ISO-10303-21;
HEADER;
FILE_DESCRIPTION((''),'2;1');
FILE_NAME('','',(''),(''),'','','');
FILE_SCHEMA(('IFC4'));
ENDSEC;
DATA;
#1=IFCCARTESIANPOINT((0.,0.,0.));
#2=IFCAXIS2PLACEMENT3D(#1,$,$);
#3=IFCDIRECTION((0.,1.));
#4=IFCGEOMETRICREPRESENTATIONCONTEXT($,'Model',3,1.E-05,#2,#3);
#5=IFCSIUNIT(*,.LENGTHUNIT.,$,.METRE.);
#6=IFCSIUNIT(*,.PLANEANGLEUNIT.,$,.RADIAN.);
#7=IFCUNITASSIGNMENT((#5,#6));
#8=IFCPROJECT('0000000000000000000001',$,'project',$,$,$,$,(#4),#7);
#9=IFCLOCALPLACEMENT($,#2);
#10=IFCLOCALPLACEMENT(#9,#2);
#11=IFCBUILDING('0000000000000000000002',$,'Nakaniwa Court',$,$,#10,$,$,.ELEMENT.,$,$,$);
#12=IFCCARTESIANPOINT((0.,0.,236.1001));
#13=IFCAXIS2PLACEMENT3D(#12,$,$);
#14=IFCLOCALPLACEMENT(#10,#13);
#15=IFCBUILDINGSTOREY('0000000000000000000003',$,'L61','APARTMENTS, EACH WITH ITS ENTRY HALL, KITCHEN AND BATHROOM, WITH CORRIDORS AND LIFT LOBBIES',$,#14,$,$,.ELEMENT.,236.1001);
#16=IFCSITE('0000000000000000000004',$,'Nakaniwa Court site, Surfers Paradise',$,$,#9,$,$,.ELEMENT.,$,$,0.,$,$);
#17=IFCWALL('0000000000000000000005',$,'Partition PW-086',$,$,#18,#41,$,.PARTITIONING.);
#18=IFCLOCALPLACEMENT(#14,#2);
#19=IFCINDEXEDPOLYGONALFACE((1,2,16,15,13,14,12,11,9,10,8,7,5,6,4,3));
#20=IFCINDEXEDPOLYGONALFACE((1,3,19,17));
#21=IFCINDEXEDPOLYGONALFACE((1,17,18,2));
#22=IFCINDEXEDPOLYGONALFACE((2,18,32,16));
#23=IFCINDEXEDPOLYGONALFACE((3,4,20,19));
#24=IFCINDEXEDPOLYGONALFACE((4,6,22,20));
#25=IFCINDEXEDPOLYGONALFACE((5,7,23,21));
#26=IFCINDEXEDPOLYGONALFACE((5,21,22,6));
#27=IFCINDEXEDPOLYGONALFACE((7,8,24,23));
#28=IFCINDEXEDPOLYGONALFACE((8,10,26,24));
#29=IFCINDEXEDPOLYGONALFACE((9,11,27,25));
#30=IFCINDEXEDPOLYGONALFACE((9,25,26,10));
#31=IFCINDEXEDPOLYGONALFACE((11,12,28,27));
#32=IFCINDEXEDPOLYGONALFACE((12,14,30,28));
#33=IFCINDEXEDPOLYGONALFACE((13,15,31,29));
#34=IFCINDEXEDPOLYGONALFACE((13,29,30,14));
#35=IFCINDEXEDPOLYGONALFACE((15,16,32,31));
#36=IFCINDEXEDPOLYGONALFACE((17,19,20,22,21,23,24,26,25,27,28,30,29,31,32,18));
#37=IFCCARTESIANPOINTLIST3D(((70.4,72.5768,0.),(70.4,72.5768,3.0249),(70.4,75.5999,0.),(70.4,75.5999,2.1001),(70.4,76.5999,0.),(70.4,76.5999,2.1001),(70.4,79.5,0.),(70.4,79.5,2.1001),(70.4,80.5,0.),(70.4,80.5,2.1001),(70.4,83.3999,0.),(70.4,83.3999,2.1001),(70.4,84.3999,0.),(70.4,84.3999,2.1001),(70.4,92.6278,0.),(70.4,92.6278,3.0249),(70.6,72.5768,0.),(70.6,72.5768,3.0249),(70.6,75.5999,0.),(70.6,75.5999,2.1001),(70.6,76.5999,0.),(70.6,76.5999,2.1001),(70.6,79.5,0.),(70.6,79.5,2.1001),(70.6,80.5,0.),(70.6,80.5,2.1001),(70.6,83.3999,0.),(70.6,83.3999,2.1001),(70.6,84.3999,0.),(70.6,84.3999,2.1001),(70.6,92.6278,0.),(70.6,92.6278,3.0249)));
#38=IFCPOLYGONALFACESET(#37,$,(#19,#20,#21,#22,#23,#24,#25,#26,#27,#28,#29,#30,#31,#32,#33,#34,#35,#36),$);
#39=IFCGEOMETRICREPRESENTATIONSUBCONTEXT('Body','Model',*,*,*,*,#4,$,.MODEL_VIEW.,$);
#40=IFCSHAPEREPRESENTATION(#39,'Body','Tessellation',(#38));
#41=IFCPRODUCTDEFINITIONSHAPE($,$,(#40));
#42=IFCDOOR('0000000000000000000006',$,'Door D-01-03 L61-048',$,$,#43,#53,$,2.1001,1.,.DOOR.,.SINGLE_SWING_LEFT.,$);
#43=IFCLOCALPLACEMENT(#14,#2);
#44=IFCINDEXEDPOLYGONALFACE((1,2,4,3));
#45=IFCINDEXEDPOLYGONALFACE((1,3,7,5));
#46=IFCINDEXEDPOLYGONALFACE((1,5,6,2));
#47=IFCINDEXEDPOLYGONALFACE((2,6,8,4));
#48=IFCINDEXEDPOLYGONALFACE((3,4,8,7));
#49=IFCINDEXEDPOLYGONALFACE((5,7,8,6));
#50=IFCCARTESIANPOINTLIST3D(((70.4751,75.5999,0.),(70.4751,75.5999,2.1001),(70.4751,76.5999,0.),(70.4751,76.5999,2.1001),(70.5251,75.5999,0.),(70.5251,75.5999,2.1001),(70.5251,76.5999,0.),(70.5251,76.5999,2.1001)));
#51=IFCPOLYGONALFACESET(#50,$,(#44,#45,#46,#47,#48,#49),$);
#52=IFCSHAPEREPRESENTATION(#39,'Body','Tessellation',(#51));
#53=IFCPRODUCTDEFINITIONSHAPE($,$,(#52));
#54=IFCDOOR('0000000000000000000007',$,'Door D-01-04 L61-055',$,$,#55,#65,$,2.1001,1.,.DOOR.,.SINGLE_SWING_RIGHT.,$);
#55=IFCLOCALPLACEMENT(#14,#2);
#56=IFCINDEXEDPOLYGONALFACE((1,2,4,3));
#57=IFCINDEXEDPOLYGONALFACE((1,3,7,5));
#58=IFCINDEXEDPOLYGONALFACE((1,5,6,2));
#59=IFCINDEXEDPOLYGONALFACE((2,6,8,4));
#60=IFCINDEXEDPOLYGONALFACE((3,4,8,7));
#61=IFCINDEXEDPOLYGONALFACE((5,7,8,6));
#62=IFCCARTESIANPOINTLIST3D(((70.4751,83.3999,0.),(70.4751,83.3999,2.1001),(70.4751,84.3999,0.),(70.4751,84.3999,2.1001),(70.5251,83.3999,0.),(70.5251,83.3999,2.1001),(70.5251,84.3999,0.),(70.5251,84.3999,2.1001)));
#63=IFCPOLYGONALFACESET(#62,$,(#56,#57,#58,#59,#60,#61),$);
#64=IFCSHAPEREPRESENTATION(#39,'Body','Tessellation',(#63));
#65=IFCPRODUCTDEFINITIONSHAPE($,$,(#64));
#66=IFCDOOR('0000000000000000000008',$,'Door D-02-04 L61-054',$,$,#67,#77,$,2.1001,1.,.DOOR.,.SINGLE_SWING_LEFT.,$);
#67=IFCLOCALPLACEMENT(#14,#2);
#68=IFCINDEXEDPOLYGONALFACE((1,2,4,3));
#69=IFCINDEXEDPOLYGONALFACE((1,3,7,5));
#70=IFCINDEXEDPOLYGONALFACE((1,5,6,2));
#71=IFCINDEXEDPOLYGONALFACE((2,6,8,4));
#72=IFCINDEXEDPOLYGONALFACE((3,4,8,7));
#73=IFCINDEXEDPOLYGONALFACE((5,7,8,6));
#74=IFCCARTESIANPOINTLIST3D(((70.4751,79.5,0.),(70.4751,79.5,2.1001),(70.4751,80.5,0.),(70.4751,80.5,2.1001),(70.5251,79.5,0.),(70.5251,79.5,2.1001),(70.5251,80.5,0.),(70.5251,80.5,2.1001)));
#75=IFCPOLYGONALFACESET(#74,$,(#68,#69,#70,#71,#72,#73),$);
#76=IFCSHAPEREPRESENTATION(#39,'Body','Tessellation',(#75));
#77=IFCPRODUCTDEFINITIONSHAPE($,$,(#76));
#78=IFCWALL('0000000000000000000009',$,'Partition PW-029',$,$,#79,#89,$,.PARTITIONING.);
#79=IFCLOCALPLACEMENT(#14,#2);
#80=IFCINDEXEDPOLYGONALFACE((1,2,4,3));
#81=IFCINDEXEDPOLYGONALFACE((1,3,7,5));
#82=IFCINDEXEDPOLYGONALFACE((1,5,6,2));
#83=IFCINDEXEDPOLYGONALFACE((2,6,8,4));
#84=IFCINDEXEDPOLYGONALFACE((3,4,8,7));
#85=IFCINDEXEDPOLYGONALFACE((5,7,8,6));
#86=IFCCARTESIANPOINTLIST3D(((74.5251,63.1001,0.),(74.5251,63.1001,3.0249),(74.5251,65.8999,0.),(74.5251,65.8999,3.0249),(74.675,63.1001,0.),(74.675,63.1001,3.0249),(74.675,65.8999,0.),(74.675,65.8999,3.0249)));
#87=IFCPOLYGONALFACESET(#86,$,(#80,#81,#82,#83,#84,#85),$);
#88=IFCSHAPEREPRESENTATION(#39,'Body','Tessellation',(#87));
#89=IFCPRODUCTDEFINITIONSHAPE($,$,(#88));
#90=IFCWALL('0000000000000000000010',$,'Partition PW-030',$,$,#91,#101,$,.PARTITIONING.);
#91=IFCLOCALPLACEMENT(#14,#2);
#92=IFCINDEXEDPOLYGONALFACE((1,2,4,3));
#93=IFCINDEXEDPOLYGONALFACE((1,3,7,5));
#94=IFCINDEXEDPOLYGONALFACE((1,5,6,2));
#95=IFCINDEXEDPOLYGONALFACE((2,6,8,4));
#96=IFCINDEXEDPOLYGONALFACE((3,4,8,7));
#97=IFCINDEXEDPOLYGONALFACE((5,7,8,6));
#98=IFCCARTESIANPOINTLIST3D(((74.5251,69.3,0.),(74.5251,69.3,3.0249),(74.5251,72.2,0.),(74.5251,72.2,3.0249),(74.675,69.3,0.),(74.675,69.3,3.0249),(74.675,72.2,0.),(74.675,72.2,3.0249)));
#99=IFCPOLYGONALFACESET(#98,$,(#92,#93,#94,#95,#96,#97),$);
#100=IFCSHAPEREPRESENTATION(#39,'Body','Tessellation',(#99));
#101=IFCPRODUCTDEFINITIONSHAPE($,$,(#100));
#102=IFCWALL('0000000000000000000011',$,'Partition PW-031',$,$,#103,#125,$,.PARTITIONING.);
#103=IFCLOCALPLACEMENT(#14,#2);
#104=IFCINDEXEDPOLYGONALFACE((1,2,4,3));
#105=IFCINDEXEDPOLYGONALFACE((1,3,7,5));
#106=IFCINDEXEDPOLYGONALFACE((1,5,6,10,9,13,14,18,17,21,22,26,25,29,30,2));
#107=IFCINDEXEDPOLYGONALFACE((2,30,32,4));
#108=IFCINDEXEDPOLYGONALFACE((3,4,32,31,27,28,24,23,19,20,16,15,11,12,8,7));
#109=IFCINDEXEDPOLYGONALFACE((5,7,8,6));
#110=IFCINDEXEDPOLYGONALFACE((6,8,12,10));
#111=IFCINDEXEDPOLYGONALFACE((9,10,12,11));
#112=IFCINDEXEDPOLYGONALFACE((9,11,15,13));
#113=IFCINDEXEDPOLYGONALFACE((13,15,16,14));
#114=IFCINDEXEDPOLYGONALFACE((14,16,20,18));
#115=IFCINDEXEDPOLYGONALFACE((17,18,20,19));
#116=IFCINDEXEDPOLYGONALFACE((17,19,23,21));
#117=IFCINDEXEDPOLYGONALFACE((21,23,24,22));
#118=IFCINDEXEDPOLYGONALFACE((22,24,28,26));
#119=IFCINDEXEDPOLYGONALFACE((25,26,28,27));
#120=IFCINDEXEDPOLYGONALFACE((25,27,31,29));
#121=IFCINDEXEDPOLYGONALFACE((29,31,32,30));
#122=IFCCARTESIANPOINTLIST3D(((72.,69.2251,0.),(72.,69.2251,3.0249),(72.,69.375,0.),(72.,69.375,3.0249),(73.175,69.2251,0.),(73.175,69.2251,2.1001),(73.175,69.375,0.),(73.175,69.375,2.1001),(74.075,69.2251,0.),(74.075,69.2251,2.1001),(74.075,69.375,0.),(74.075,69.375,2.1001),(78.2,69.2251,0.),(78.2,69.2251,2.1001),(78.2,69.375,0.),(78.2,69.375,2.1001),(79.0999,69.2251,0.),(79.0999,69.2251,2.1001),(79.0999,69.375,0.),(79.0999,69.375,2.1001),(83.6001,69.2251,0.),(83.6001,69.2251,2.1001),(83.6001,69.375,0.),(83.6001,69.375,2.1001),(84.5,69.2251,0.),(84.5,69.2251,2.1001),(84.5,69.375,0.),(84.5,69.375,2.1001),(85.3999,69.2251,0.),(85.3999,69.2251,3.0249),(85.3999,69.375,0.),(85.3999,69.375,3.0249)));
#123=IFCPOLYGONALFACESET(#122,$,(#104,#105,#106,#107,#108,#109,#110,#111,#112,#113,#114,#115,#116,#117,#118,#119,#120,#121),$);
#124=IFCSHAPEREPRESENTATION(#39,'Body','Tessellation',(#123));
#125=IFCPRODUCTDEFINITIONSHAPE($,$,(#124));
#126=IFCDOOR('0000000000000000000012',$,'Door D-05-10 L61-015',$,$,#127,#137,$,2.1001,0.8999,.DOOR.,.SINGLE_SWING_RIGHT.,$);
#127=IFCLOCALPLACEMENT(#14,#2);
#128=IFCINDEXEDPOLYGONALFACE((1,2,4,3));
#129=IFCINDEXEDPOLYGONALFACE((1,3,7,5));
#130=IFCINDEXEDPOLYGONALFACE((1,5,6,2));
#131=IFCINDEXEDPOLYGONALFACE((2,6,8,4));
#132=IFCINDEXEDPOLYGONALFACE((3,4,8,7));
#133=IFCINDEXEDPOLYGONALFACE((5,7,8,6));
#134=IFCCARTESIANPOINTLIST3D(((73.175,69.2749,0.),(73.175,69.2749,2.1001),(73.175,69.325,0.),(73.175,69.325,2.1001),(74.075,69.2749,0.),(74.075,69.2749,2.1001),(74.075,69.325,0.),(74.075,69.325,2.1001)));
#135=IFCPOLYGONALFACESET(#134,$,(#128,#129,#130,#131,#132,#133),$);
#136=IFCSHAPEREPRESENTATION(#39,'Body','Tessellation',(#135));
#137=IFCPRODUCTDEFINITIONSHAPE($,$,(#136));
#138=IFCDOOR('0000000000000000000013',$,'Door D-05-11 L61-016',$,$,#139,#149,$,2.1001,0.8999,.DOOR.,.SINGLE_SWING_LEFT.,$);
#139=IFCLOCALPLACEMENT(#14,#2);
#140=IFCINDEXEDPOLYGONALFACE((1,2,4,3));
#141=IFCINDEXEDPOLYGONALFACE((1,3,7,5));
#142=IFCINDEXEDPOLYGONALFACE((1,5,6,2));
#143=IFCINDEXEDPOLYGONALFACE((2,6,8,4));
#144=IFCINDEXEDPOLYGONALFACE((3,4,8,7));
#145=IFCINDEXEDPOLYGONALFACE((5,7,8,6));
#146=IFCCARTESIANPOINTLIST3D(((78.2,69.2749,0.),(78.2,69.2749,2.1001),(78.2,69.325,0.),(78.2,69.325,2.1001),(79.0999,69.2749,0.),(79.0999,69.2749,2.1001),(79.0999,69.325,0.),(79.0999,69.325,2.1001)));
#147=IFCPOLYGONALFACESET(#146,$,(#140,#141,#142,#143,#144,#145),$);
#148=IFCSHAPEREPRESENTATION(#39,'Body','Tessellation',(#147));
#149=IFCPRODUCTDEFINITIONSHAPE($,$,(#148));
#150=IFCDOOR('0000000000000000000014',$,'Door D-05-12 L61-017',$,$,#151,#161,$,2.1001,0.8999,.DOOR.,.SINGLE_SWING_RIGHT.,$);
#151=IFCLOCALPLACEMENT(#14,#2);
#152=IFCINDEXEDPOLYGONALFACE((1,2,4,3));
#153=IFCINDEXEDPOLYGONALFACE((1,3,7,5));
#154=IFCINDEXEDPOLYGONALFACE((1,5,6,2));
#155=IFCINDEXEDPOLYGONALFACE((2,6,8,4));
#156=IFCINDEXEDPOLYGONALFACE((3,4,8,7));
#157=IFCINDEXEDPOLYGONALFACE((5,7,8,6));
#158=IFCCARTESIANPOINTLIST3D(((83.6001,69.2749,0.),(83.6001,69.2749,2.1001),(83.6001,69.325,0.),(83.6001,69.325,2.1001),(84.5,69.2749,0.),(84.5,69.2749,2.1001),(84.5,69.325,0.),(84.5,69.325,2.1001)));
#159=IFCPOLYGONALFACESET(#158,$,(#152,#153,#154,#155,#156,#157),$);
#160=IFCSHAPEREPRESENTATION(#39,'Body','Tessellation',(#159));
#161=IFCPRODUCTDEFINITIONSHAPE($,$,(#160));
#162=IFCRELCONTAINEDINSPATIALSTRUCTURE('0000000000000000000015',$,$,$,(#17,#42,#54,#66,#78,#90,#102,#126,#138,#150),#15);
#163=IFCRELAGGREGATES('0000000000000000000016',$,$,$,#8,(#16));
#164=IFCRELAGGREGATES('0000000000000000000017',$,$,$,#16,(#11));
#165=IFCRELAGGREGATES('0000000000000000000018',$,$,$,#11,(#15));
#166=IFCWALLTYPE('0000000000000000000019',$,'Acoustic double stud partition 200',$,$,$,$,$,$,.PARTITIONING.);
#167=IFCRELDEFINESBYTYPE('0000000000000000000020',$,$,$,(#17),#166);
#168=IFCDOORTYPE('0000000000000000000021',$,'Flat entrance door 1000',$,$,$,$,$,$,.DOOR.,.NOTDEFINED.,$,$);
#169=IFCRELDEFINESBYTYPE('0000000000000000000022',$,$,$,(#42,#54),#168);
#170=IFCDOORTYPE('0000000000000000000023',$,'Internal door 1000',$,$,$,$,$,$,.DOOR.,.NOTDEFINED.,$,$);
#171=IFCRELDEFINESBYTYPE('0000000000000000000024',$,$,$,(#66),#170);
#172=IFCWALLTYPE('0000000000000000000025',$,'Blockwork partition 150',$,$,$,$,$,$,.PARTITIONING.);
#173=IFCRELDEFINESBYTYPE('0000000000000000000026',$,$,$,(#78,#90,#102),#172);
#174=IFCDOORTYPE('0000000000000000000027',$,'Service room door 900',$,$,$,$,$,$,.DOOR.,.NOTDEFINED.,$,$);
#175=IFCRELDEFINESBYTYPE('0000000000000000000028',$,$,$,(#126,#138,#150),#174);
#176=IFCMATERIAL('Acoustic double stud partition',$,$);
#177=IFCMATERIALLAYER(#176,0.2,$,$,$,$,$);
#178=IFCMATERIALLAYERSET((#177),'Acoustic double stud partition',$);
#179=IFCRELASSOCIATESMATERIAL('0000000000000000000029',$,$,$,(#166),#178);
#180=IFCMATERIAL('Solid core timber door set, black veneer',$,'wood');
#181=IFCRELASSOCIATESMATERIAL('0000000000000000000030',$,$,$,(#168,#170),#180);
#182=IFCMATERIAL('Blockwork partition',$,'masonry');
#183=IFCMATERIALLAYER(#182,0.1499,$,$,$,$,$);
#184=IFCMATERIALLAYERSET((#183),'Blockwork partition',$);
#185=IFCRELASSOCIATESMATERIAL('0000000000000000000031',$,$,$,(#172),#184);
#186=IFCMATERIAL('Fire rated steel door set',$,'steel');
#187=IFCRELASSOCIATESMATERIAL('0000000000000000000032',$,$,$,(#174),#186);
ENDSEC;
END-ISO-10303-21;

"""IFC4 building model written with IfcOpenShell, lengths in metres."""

from ifc_helpers import new_model, si_unit, direction, frame, frame_2d, origin, place, context, subcontext, project, spatial, rectangle, extrude, material, layer, layer_set, type_object, element, fill, save


model = new_model("IFC4")

# Units and contexts
model_context = context("Model", 3, precision=1e-05, world=origin(), true_north=direction((0.0, 1.0)))
body_context = subcontext(model_context, "Body", "Model", "MODEL_VIEW")
ifc_project = project(units=[si_unit("LENGTHUNIT", "METRE"), si_unit("PLANEANGLEUNIT", "RADIAN")], contexts=[model_context])

# Site, building, storey
site_placement = place(None, origin())
site = spatial("IfcSite", under=ifc_project, at=site_placement, Name="Nakaniwa Court site, Surfers Paradise", CompositionType="ELEMENT", RefElevation=0.0)
building_placement = place(site_placement, origin())
building = spatial("IfcBuilding", under=site, at=building_placement, Name="Nakaniwa Court", CompositionType="ELEMENT")
storey_placement = place(building_placement, frame((0.0, 0.0, 236.1001)))
storey = spatial("IfcBuildingStorey", under=building, at=storey_placement, Name="L61", Description="APARTMENTS, EACH WITH ITS ENTRY HALL, KITCHEN AND BATHROOM, WITH CORRIDORS AND LIFT LOBBIES", CompositionType="ELEMENT", Elevation=236.1001)

# Shared definitions
ifc_material_1 = material(Name="Acoustic double stud partition")
ifc_layer_1 = layer(ifc_material_1, 0.2)
ifc_layer_set_1 = layer_set([ifc_layer_1], Name="Acoustic double stud partition")
wall_type_1 = type_object("IfcWallType", Name="Acoustic double stud partition 200", PredefinedType="PARTITIONING", material=ifc_layer_set_1)

# Wall, openings, doors
wall_1_placement = place(storey_placement, frame((70.5, 72.5769, 0.0), z_axis=(0.0, 0.0, 1.0), x_axis=(0.0, 1.0, 0.0)))
wall_1 = element("IfcWall", 1, at=wall_1_placement, inside=storey, type_object=wall_type_1, Name="Partition PW-086", PredefinedType="PARTITIONING", context=body_context, shape_type="SweptSolid", body=[
    extrude(rectangle(XDim=20.051, YDim=0.2, at=frame_2d((10.0254, 0.0))), origin(), (0.0, 0.0, 1.0), 3.0249),
])
opening_1_placement = place(wall_1_placement, frame((3.0229, 0.0, 0.0)))
opening_1 = element("IfcOpeningElement", 2, at=opening_1_placement, cuts=wall_1, PredefinedType="OPENING", context=body_context, shape_type="SweptSolid", body=[
    extrude(rectangle(XDim=1.0, YDim=2.1001, at=frame_2d((0.5, 1.05))), frame((0.0, 0.1099, 0.0), z_axis=(0.0, -1.0, 0.0), x_axis=(1.0, 0.0, 0.0)), (0.0, 0.0, 1.0), 0.22),
])
opening_2_placement = place(wall_1_placement, frame((6.9231, 0.0, 0.0)))
opening_2 = element("IfcOpeningElement", 3, at=opening_2_placement, cuts=wall_1, PredefinedType="OPENING", context=body_context, shape_type="SweptSolid", body=[
    extrude(rectangle(XDim=1.0, YDim=2.1001, at=frame_2d((0.5, 1.05))), frame((0.0, 0.1099, 0.0), z_axis=(0.0, -1.0, 0.0), x_axis=(1.0, 0.0, 0.0)), (0.0, 0.0, 1.0), 0.22),
])
opening_3_placement = place(wall_1_placement, frame((10.823, 0.0, 0.0)))
opening_3 = element("IfcOpeningElement", 4, at=opening_3_placement, cuts=wall_1, PredefinedType="OPENING", context=body_context, shape_type="SweptSolid", body=[
    extrude(rectangle(XDim=1.0, YDim=2.1001, at=frame_2d((0.5, 1.05))), frame((0.0, 0.1099, 0.0), z_axis=(0.0, -1.0, 0.0), x_axis=(1.0, 0.0, 0.0)), (0.0, 0.0, 1.0), 0.22),
])
ifc_material_2 = material(Name="Solid core timber door set, black veneer", Category="wood")
door_type_1 = type_object("IfcDoorType", Name="Flat entrance door 1000", OperationType="NOTDEFINED", PredefinedType="DOOR", material=ifc_material_2)
door_1_placement = place(opening_1_placement, origin())
door_1 = element("IfcDoor", 5, at=door_1_placement, inside=storey, type_object=door_type_1, Name="Door D-01-03 L61-048", OperationType="SINGLE_SWING_LEFT", OverallHeight=2.1001, OverallWidth=1.0, PredefinedType="DOOR", context=body_context, shape_type="SweptSolid", body=[
    extrude(rectangle(XDim=1.0, YDim=2.1001, at=frame_2d((0.5, 1.05))), frame((0.0, 0.0249, 0.0), z_axis=(0.0, -1.0, 0.0), x_axis=(1.0, 0.0, 0.0)), (0.0, 0.0, 1.0), 0.05),
])
fill(opening_1, door_1)
door_2_placement = place(opening_3_placement, origin())
door_2 = element("IfcDoor", 6, at=door_2_placement, inside=storey, type_object=door_type_1, Name="Door D-01-04 L61-055", OperationType="SINGLE_SWING_RIGHT", OverallHeight=2.1001, OverallWidth=1.0, PredefinedType="DOOR", context=body_context, shape_type="SweptSolid", body=[
    extrude(rectangle(XDim=1.0, YDim=2.1001, at=frame_2d((0.5, 1.05))), frame((0.0, 0.0249, 0.0), z_axis=(0.0, -1.0, 0.0), x_axis=(1.0, 0.0, 0.0)), (0.0, 0.0, 1.0), 0.05),
])
fill(opening_3, door_2)
door_type_2 = type_object("IfcDoorType", Name="Internal door 1000", OperationType="NOTDEFINED", PredefinedType="DOOR", material=ifc_material_2)
door_3_placement = place(opening_2_placement, origin())
door_3 = element("IfcDoor", 7, at=door_3_placement, inside=storey, type_object=door_type_2, Name="Door D-02-04 L61-054", OperationType="SINGLE_SWING_LEFT", OverallHeight=2.1001, OverallWidth=1.0, PredefinedType="DOOR", context=body_context, shape_type="SweptSolid", body=[
    extrude(rectangle(XDim=1.0, YDim=2.1001, at=frame_2d((0.5, 1.05))), frame((0.0, 0.0249, 0.0), z_axis=(0.0, -1.0, 0.0), x_axis=(1.0, 0.0, 0.0)), (0.0, 0.0, 1.0), 0.05),
])
fill(opening_2, door_3)

# Walls
ifc_material_3 = material(Name="Blockwork partition", Category="masonry")
ifc_layer_2 = layer(ifc_material_3, 0.1499)
ifc_layer_set_2 = layer_set([ifc_layer_2], Name="Blockwork partition")
wall_type_2 = type_object("IfcWallType", Name="Blockwork partition 150", PredefinedType="PARTITIONING", material=ifc_layer_set_2)
wall_2_placement = place(storey_placement, frame((74.6001, 63.1001, 0.0), z_axis=(0.0, 0.0, 1.0), x_axis=(0.0, 1.0, 0.0)))
element("IfcWall", 8, at=wall_2_placement, inside=storey, type_object=wall_type_2, Name="Partition PW-029", PredefinedType="PARTITIONING", context=body_context, shape_type="SweptSolid", body=[
    extrude(rectangle(XDim=2.7998, YDim=0.1499, at=frame_2d((1.3999, 0.0))), origin(), (0.0, 0.0, 1.0), 3.0249),
])
wall_3_placement = place(storey_placement, frame((74.6001, 69.3, 0.0), z_axis=(0.0, 0.0, 1.0), x_axis=(0.0, 1.0, 0.0)))
element("IfcWall", 9, at=wall_3_placement, inside=storey, type_object=wall_type_2, Name="Partition PW-030", PredefinedType="PARTITIONING", context=body_context, shape_type="SweptSolid", body=[
    extrude(rectangle(XDim=2.8999, YDim=0.1499, at=frame_2d((1.45, 0.0))), origin(), (0.0, 0.0, 1.0), 3.0249),
])

# Wall, openings, doors
wall_4_placement = place(storey_placement, frame((72.0, 69.3, 0.0), z_axis=(0.0, 0.0, 1.0), x_axis=(1.0, 0.0, 0.0)))
wall_4 = element("IfcWall", 10, at=wall_4_placement, inside=storey, type_object=wall_type_2, Name="Partition PW-031", PredefinedType="PARTITIONING", context=body_context, shape_type="SweptSolid", body=[
    extrude(rectangle(XDim=13.3999, YDim=0.1499, at=frame_2d((6.7, 0.0))), origin(), (0.0, 0.0, 1.0), 3.0249),
])
opening_4_placement = place(wall_4_placement, frame((1.175, 0.0, 0.0)))
opening_4 = element("IfcOpeningElement", 11, at=opening_4_placement, cuts=wall_4, PredefinedType="OPENING", context=body_context, shape_type="SweptSolid", body=[
    extrude(rectangle(XDim=0.8999, YDim=2.1001, at=frame_2d((0.45, 1.05))), frame((0.0, 0.085, 0.0), z_axis=(0.0, -1.0, 0.0), x_axis=(1.0, 0.0, 0.0)), (0.0, 0.0, 1.0), 0.1699),
])
opening_5_placement = place(wall_4_placement, frame((6.2, 0.0, 0.0)))
opening_5 = element("IfcOpeningElement", 12, at=opening_5_placement, cuts=wall_4, PredefinedType="OPENING", context=body_context, shape_type="SweptSolid", body=[
    extrude(rectangle(XDim=0.8999, YDim=2.1001, at=frame_2d((0.45, 1.05))), frame((0.0, 0.085, 0.0), z_axis=(0.0, -1.0, 0.0), x_axis=(1.0, 0.0, 0.0)), (0.0, 0.0, 1.0), 0.1699),
])
opening_6_placement = place(wall_4_placement, frame((11.6001, 0.0, 0.0)))
opening_6 = element("IfcOpeningElement", 13, at=opening_6_placement, cuts=wall_4, PredefinedType="OPENING", context=body_context, shape_type="SweptSolid", body=[
    extrude(rectangle(XDim=0.8999, YDim=2.1001, at=frame_2d((0.45, 1.05))), frame((0.0, 0.085, 0.0), z_axis=(0.0, -1.0, 0.0), x_axis=(1.0, 0.0, 0.0)), (0.0, 0.0, 1.0), 0.1699),
])
ifc_material_4 = material(Name="Fire rated steel door set", Category="steel")
door_type_3 = type_object("IfcDoorType", Name="Service room door 900", OperationType="NOTDEFINED", PredefinedType="DOOR", material=ifc_material_4)
door_4_placement = place(opening_4_placement, origin())
door_4 = element("IfcDoor", 14, at=door_4_placement, inside=storey, type_object=door_type_3, Name="Door D-05-10 L61-015", OperationType="SINGLE_SWING_RIGHT", OverallHeight=2.1001, OverallWidth=0.8999, PredefinedType="DOOR", context=body_context, shape_type="SweptSolid", body=[
    extrude(rectangle(XDim=0.8999, YDim=2.1001, at=frame_2d((0.45, 1.05))), frame((0.0, 0.0249, 0.0), z_axis=(0.0, -1.0, 0.0), x_axis=(1.0, 0.0, 0.0)), (0.0, 0.0, 1.0), 0.05),
])
fill(opening_4, door_4)
door_5_placement = place(opening_5_placement, origin())
door_5 = element("IfcDoor", 15, at=door_5_placement, inside=storey, type_object=door_type_3, Name="Door D-05-11 L61-016", OperationType="SINGLE_SWING_LEFT", OverallHeight=2.1001, OverallWidth=0.8999, PredefinedType="DOOR", context=body_context, shape_type="SweptSolid", body=[
    extrude(rectangle(XDim=0.8999, YDim=2.1001, at=frame_2d((0.45, 1.05))), frame((0.0, 0.0249, 0.0), z_axis=(0.0, -1.0, 0.0), x_axis=(1.0, 0.0, 0.0)), (0.0, 0.0, 1.0), 0.05),
])
fill(opening_5, door_5)
door_6_placement = place(opening_6_placement, origin())
door_6 = element("IfcDoor", 16, at=door_6_placement, inside=storey, type_object=door_type_3, Name="Door D-05-12 L61-017", OperationType="SINGLE_SWING_RIGHT", OverallHeight=2.1001, OverallWidth=0.8999, PredefinedType="DOOR", context=body_context, shape_type="SweptSolid", body=[
    extrude(rectangle(XDim=0.8999, YDim=2.1001, at=frame_2d((0.45, 1.05))), frame((0.0, 0.0249, 0.0), z_axis=(0.0, -1.0, 0.0), x_axis=(1.0, 0.0, 0.0)), (0.0, 0.0, 1.0), 0.05),
])
fill(opening_6, door_6)

save(model, "model.ifc")
